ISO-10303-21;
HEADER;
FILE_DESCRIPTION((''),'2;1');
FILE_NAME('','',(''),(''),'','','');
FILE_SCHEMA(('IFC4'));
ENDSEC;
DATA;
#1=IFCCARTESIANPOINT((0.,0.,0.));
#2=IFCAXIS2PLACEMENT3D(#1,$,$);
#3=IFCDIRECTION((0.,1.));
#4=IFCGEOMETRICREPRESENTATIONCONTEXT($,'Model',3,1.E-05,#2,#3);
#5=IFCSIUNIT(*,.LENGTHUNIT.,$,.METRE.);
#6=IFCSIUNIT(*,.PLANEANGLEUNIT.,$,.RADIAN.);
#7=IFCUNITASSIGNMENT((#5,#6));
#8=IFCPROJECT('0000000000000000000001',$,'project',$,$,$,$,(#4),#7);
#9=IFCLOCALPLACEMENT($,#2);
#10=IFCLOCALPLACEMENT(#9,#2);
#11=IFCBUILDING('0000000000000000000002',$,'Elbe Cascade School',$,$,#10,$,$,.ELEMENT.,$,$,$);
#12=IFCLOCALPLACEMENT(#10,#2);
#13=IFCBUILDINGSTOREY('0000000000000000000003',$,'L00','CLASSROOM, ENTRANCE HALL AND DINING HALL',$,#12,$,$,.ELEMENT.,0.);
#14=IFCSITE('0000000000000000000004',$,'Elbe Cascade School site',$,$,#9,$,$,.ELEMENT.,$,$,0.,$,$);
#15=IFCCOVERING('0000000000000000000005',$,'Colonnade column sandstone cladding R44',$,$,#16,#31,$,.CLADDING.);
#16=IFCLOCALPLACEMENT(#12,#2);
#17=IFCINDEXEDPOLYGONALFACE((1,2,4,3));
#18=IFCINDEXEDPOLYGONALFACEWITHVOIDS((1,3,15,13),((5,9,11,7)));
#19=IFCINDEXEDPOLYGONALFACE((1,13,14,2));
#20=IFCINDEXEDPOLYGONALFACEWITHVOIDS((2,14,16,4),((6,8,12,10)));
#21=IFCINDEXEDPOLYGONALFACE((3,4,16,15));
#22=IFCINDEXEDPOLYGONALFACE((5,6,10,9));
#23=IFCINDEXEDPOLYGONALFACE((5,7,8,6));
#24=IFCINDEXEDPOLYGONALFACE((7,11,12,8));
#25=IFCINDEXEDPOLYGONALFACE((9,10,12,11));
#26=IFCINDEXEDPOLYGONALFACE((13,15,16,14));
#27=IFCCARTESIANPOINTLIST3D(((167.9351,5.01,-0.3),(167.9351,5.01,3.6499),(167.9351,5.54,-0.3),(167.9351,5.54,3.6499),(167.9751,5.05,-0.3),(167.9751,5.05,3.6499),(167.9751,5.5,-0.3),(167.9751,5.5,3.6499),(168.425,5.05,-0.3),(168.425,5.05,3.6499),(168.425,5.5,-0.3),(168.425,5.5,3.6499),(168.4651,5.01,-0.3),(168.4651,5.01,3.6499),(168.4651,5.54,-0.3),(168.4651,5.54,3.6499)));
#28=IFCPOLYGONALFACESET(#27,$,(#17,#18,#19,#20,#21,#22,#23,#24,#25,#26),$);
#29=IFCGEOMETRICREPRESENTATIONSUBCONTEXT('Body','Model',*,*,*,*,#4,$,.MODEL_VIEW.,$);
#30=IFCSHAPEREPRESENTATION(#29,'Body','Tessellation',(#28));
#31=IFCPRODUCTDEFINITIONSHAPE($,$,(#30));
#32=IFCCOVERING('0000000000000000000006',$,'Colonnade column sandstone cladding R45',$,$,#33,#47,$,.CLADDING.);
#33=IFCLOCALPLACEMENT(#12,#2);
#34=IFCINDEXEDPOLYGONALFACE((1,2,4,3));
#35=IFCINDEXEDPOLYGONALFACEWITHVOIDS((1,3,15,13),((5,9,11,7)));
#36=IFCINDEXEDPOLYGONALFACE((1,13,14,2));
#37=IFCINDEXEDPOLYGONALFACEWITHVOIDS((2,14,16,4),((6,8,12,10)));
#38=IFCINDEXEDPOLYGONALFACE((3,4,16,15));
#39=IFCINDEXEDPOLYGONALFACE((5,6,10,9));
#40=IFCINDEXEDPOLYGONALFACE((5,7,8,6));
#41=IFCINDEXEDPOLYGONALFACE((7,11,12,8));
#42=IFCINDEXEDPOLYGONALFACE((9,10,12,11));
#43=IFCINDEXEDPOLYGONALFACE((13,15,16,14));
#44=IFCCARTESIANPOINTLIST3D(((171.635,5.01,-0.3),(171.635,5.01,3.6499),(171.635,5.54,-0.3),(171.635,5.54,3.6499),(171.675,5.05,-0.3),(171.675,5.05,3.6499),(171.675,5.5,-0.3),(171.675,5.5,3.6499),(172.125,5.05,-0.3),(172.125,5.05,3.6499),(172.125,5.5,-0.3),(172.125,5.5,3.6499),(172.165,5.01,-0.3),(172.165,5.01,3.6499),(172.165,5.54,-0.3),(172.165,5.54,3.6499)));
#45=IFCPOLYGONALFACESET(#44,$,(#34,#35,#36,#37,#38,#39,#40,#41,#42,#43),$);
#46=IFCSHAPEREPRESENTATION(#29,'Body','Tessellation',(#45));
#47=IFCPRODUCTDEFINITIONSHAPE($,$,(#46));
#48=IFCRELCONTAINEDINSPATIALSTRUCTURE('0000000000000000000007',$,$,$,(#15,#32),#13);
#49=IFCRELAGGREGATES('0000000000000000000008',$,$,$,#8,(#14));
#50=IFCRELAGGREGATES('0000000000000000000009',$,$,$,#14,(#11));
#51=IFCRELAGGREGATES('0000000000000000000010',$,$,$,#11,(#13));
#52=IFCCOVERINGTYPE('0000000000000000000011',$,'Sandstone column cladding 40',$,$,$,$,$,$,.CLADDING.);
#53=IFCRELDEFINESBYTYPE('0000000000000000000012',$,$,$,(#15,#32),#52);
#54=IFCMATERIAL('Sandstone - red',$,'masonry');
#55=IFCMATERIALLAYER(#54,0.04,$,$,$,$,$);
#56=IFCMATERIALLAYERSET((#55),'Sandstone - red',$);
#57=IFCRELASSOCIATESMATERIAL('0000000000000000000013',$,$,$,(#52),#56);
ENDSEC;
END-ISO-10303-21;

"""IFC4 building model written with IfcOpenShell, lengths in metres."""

from ifc_helpers import new_model, si_unit, direction, frame, origin, place, context, subcontext, project, spatial, polyline, outline, extrude, material, layer, layer_set, type_object, element, save


model = new_model("IFC4")

# Units and contexts
model_context = context("Model", 3, precision=1e-05, world=origin(), true_north=direction((0.0, 1.0)))
body_context = subcontext(model_context, "Body", "Model", "MODEL_VIEW")
ifc_project = project(units=[si_unit("LENGTHUNIT", "METRE"), si_unit("PLANEANGLEUNIT", "RADIAN")], contexts=[model_context])

# Site, building, storey
site_placement = place(None, origin())
site = spatial("IfcSite", under=ifc_project, at=site_placement, Name="Elbe Cascade School site", CompositionType="ELEMENT", RefElevation=0.0)
building_placement = place(site_placement, origin())
building = spatial("IfcBuilding", under=site, at=building_placement, Name="Elbe Cascade School", CompositionType="ELEMENT")
storey_placement = place(building_placement, origin())
storey = spatial("IfcBuildingStorey", under=building, at=storey_placement, Name="L00", Description="CLASSROOM, ENTRANCE HALL AND DINING HALL", CompositionType="ELEMENT", Elevation=0.0)

# Coverings
ifc_material_1 = material(Name="Sandstone - red", Category="masonry")
ifc_layer_1 = layer(ifc_material_1, 0.04)
ifc_layer_set_1 = layer_set([ifc_layer_1], Name="Sandstone - red")
covering_type_1 = type_object("IfcCoveringType", Name="Sandstone column cladding 40", PredefinedType="CLADDING", material=ifc_layer_set_1)
covering_1_placement = place(storey_placement, frame((0.0, 0.0, -0.3)))
element("IfcCovering", 1, at=covering_1_placement, inside=storey, type_object=covering_type_1, Name="Colonnade column sandstone cladding R44", PredefinedType="CLADDING", context=body_context, shape_type="SweptSolid", body=[
    extrude(outline(polyline([(167.9351, 5.01), (168.4651, 5.01), (168.4651, 5.54), (167.9351, 5.54), (167.9351, 5.01)]), holes=[polyline([(167.9751, 5.5), (168.425, 5.5), (168.425, 5.05), (167.9751, 5.05), (167.9751, 5.5)])]), origin(), (0.0, 0.0, 1.0), 3.95),
])
covering_2_placement = place(storey_placement, frame((0.0, 0.0, -0.3)))
element("IfcCovering", 2, at=covering_2_placement, inside=storey, type_object=covering_type_1, Name="Colonnade column sandstone cladding R45", PredefinedType="CLADDING", context=body_context, shape_type="SweptSolid", body=[
    extrude(outline(polyline([(171.635, 5.01), (172.165, 5.01), (172.165, 5.54), (171.635, 5.54), (171.635, 5.01)]), holes=[polyline([(171.675, 5.5), (172.125, 5.5), (172.125, 5.05), (171.675, 5.05), (171.675, 5.5)])]), origin(), (0.0, 0.0, 1.0), 3.95),
])

save(model, "model.ifc")
